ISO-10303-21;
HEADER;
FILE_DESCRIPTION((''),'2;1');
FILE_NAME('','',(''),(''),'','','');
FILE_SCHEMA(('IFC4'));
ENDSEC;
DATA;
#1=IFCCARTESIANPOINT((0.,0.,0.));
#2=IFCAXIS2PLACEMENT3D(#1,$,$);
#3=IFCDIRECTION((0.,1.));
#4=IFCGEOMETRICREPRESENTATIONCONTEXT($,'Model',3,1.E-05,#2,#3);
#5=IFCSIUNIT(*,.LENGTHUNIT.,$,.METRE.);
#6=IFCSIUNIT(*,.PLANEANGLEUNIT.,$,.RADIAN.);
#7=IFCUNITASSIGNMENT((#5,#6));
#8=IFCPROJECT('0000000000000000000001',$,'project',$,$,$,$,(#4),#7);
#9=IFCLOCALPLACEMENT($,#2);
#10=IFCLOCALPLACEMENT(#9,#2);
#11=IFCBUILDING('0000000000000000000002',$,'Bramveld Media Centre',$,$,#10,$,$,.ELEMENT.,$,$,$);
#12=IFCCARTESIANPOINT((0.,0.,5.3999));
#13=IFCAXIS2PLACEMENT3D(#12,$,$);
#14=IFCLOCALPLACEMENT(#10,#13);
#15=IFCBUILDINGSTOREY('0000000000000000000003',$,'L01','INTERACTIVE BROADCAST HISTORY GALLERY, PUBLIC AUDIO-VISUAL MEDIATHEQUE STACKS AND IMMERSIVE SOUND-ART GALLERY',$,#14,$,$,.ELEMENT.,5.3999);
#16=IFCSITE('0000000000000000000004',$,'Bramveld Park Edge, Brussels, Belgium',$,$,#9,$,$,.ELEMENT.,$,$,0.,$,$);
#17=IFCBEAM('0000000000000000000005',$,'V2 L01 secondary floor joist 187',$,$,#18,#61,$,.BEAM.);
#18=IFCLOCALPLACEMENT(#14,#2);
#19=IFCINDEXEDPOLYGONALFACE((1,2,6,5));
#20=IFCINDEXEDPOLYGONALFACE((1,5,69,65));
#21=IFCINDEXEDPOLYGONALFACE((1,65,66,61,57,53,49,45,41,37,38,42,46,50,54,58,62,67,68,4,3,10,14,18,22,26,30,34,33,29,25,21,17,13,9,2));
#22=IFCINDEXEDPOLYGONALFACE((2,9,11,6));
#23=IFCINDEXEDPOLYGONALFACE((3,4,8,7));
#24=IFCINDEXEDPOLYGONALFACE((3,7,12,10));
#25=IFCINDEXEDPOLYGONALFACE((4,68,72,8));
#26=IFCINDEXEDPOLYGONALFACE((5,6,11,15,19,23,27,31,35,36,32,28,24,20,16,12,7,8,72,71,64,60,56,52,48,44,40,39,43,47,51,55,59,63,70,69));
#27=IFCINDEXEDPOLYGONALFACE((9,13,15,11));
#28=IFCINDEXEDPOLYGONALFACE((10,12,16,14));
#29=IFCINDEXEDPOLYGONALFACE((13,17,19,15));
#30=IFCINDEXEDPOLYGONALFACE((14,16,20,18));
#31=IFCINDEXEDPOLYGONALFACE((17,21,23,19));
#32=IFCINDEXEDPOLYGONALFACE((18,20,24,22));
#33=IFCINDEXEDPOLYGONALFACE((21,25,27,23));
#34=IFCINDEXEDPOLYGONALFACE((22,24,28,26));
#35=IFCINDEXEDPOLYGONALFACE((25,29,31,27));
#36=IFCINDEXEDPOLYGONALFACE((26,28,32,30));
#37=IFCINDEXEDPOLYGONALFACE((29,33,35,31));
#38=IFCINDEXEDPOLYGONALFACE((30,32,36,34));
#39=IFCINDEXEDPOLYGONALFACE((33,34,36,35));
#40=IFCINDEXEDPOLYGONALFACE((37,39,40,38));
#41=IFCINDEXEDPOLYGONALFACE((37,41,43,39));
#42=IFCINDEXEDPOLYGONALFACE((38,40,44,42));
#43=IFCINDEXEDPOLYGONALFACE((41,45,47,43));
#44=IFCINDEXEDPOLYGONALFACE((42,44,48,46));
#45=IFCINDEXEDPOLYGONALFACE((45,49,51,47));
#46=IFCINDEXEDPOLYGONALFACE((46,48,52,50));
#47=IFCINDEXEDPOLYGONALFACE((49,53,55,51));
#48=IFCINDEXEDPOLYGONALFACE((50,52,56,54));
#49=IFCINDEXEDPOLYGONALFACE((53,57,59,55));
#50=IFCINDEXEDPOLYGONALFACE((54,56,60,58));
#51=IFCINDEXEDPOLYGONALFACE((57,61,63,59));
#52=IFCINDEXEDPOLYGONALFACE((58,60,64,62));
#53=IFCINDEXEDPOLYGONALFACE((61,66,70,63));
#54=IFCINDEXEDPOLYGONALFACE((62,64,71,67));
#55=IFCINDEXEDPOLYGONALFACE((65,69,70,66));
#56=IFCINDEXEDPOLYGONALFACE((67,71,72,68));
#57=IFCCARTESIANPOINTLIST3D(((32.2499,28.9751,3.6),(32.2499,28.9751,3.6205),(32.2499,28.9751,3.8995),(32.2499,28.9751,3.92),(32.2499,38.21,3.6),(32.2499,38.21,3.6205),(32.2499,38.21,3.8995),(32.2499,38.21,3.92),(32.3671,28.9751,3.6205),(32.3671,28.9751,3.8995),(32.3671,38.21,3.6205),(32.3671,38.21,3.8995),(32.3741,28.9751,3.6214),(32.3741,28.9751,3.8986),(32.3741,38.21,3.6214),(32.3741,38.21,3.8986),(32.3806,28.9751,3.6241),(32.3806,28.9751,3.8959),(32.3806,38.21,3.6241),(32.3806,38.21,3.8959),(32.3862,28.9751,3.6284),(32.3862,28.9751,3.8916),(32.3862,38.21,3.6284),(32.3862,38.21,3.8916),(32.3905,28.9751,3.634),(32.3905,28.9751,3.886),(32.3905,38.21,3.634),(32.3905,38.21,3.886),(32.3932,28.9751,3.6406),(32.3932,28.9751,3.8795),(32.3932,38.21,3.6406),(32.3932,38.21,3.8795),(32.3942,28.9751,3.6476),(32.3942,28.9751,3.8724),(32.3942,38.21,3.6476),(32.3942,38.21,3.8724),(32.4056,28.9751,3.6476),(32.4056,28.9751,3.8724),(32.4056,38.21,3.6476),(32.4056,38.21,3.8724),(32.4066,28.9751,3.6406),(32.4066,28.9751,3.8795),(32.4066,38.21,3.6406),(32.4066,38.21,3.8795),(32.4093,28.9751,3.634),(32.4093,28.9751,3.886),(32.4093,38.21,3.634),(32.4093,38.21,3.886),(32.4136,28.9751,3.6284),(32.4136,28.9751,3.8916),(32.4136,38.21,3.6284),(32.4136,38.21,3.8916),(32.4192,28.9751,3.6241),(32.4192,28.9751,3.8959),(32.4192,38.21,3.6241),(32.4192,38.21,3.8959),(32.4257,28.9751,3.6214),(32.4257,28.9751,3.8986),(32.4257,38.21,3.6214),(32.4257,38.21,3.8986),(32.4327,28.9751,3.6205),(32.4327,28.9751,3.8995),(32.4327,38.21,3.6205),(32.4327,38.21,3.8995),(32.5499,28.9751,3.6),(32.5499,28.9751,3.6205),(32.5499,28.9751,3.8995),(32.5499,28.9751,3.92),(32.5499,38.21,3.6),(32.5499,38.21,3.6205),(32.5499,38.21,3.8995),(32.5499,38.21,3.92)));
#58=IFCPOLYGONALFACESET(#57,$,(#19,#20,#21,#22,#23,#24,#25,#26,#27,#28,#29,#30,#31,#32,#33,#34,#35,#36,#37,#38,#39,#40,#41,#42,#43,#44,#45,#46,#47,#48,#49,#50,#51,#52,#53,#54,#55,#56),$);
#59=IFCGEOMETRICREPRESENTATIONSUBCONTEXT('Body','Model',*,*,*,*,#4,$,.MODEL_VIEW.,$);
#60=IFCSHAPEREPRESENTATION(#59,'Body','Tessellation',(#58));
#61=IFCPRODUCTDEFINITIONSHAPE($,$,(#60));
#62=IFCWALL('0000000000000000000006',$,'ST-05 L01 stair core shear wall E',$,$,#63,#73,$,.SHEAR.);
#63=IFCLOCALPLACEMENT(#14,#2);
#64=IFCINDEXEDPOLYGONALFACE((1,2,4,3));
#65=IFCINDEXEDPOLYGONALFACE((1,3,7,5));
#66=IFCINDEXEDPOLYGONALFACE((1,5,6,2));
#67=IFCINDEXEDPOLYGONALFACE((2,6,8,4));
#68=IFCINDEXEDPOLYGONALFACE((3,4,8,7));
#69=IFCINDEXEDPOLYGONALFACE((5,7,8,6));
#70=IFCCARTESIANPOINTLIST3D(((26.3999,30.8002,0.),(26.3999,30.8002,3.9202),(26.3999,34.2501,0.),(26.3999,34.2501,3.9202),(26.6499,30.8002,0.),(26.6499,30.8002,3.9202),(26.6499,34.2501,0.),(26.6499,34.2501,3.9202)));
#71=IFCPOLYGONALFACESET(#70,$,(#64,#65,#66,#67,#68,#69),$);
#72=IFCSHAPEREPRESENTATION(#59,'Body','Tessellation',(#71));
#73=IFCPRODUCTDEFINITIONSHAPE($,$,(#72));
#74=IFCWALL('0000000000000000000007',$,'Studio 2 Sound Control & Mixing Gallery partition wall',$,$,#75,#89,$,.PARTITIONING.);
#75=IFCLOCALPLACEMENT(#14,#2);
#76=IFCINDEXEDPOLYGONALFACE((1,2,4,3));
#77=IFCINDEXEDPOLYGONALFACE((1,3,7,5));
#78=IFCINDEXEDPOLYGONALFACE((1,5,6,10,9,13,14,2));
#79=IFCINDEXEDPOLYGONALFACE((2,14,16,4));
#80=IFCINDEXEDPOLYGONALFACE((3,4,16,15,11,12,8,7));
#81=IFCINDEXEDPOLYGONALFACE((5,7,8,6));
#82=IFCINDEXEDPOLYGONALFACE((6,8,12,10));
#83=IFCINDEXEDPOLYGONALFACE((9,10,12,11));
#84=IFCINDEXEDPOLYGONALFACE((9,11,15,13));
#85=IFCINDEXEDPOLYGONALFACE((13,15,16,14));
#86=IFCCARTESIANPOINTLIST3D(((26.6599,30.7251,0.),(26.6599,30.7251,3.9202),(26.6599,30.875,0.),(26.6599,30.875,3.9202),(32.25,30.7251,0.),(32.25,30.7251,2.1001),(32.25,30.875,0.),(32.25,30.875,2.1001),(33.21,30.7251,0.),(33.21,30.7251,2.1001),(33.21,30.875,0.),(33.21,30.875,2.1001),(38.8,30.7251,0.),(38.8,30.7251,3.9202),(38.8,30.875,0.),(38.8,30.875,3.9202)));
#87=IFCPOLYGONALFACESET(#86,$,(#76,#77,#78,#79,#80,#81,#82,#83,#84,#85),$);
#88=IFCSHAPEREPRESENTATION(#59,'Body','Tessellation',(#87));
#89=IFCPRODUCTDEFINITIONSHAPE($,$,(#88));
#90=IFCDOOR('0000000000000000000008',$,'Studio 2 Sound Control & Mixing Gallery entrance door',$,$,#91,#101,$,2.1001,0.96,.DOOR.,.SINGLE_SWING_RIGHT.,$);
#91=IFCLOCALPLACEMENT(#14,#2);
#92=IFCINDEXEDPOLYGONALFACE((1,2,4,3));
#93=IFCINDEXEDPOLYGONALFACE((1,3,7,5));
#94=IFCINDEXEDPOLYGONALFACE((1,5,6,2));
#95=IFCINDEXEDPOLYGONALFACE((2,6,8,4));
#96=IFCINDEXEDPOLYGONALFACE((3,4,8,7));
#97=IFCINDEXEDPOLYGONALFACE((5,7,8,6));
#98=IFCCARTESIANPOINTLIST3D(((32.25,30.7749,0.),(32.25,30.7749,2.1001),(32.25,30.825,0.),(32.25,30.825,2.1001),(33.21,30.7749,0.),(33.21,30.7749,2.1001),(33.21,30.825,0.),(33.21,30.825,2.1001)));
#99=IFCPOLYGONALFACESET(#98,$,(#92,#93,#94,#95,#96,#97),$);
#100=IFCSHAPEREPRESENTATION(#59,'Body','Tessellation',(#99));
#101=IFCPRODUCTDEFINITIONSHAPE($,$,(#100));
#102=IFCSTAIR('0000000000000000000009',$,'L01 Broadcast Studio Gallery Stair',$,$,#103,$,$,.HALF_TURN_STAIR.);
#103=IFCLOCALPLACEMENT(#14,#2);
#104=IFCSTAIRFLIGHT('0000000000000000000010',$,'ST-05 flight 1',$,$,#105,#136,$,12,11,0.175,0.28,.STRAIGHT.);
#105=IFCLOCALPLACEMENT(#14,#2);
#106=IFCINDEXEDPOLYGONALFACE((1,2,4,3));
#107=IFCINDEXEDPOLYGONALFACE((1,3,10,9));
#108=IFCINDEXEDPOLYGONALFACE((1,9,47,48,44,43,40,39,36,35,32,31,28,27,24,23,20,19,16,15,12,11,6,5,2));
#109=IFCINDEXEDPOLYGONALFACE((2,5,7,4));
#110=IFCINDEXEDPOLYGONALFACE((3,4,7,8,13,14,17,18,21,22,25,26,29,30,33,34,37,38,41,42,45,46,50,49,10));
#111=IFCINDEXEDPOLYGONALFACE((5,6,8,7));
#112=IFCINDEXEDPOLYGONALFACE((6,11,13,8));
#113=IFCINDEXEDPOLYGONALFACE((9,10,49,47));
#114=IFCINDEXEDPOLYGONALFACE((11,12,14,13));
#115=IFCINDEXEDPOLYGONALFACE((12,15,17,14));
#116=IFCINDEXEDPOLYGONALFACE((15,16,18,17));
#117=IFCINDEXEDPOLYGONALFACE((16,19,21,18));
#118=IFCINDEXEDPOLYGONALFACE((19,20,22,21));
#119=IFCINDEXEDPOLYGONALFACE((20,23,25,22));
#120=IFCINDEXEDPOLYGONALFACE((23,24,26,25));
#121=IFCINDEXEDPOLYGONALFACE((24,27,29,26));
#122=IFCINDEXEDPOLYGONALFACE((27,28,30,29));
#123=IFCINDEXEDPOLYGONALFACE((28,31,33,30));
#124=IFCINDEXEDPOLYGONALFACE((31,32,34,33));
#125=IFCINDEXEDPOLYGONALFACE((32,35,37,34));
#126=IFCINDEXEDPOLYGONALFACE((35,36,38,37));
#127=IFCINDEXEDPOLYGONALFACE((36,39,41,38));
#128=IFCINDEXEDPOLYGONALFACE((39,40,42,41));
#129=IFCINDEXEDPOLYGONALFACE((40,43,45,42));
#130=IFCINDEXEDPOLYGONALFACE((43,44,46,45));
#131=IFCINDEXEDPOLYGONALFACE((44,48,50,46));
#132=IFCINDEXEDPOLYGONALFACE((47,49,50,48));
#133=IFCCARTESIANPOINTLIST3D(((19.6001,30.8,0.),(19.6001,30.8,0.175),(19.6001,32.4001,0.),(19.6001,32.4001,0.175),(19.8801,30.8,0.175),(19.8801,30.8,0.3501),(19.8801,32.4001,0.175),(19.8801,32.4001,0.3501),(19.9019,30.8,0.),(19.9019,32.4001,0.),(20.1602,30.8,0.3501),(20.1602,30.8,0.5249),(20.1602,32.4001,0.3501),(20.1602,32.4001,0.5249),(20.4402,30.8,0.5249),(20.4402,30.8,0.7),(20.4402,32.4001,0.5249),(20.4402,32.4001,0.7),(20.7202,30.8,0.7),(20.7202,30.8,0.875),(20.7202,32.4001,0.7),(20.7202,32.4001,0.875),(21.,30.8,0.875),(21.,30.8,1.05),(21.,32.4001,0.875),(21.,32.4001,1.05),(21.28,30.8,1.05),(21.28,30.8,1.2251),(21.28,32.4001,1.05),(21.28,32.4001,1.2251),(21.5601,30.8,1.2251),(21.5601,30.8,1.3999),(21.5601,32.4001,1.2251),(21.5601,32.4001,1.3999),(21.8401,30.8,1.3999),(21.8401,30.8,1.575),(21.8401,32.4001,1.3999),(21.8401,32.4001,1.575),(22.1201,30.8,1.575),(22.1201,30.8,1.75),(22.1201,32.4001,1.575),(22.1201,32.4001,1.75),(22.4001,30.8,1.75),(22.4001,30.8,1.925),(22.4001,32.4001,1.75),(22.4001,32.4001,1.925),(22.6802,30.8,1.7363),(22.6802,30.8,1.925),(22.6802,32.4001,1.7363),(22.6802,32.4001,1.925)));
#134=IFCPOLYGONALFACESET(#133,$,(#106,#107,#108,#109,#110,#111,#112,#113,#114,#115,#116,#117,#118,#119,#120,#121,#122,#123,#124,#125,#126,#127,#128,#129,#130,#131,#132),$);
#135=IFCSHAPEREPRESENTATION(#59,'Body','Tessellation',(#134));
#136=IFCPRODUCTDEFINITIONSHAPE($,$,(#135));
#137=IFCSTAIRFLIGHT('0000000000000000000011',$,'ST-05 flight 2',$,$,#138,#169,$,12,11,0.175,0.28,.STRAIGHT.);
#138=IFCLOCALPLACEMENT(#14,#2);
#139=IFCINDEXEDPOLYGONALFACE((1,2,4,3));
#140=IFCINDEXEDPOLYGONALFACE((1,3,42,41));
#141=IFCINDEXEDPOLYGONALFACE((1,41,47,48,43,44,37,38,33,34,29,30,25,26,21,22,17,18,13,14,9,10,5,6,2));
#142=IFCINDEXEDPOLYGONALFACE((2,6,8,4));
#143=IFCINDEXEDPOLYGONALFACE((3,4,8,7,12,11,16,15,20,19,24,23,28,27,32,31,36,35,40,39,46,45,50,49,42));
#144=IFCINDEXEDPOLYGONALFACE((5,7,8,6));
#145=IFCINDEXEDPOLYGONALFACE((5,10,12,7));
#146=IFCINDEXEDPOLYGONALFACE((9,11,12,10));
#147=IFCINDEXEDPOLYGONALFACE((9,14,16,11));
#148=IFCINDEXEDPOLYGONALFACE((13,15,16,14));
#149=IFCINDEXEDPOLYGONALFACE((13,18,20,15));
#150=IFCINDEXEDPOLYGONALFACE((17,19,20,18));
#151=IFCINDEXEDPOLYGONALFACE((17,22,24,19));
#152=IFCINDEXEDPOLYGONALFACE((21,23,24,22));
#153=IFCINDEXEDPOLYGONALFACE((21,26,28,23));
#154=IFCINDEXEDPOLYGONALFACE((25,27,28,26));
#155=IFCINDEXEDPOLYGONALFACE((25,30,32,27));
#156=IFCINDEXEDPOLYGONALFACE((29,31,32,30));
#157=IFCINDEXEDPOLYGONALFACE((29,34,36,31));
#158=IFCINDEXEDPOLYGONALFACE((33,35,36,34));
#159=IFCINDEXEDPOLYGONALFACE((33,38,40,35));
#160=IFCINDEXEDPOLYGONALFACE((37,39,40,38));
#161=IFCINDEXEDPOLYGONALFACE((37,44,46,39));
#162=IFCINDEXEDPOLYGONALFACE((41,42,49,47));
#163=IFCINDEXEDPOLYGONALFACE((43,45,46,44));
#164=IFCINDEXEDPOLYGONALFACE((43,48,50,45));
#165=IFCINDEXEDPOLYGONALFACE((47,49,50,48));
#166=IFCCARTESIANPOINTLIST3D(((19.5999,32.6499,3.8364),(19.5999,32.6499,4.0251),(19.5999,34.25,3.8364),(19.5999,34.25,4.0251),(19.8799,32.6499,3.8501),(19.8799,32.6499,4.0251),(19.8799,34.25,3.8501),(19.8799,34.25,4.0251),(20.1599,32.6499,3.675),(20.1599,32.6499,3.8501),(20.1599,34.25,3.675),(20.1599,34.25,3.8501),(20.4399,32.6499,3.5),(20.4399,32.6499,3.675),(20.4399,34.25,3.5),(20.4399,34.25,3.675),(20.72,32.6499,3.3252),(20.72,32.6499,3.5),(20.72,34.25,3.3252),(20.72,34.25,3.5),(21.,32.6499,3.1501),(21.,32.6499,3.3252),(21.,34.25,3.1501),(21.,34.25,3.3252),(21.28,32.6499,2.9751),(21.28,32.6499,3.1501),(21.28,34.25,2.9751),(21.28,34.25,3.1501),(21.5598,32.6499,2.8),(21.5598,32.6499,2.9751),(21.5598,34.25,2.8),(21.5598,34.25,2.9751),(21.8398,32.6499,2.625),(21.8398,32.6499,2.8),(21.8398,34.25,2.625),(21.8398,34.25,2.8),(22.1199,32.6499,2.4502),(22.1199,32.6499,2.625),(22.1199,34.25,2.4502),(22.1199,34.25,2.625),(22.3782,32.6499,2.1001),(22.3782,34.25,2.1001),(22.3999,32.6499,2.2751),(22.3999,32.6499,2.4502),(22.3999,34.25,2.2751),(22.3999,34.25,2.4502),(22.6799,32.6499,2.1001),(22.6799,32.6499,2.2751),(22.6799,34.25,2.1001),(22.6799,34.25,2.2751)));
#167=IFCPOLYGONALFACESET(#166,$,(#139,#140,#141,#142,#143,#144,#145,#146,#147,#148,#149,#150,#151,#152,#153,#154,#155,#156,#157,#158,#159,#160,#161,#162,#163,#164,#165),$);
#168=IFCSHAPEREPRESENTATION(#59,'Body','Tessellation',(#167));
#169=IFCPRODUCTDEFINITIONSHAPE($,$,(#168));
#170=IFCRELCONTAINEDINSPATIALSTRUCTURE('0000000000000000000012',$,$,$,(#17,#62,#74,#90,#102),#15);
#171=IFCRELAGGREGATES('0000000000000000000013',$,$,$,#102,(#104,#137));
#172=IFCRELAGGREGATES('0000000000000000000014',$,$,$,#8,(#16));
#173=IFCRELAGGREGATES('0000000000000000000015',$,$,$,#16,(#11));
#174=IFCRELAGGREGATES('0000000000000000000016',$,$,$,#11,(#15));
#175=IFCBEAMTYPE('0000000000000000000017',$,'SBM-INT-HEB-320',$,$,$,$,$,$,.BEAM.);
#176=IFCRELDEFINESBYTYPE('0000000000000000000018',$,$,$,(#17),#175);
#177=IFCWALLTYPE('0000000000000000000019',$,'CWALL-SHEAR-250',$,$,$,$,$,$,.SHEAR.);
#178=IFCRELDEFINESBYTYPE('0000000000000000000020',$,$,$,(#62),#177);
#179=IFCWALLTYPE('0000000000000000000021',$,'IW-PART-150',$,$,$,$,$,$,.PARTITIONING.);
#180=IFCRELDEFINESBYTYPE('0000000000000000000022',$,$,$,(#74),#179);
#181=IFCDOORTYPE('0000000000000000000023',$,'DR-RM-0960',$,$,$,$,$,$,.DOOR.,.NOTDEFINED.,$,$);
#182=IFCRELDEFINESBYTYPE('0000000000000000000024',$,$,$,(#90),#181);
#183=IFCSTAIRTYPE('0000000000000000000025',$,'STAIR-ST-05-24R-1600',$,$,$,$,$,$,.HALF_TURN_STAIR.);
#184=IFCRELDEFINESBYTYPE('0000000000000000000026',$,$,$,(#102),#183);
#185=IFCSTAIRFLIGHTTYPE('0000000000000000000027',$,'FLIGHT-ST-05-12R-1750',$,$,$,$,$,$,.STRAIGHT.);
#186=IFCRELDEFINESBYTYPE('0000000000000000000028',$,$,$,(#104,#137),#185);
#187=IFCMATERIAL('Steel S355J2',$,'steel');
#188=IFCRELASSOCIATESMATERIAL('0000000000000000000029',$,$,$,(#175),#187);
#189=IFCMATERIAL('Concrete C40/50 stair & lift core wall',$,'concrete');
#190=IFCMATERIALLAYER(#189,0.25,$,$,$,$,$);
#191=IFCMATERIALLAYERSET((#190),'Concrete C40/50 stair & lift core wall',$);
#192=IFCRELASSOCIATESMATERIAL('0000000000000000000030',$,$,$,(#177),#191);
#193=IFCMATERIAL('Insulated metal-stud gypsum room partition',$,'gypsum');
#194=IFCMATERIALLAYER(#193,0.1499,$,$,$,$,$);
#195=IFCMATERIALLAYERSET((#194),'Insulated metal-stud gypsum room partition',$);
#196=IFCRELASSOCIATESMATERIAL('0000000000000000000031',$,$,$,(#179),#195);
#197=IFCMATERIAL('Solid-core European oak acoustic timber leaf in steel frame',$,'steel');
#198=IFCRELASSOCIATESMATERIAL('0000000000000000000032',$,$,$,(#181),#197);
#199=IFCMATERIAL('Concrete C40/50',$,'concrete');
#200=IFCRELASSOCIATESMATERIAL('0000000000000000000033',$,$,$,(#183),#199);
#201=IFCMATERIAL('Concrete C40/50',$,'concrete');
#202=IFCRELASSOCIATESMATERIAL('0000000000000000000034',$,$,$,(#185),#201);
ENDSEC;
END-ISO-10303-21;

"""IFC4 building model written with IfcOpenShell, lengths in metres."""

from ifc_helpers import new_model, si_unit, direction, frame, frame_2d, origin, origin_2d, place, context, subcontext, project, spatial, polyline, rectangle, i_section, outline, extrude, material, layer, layer_set, material_profile, profile_set, type_object, element, fill, aggregate, save


model = new_model("IFC4")

# Units and contexts
model_context = context("Model", 3, precision=1e-05, world=origin(), true_north=direction((0.0, 1.0)))
body_context = subcontext(model_context, "Body", "Model", "MODEL_VIEW")
ifc_project = project(units=[si_unit("LENGTHUNIT", "METRE"), si_unit("PLANEANGLEUNIT", "RADIAN")], contexts=[model_context])

# Site, building, storey
site_placement = place(None, origin())
site = spatial("IfcSite", under=ifc_project, at=site_placement, Name="Bramveld Park Edge, Brussels, Belgium", CompositionType="ELEMENT", RefElevation=0.0)
building_placement = place(site_placement, origin())
building = spatial("IfcBuilding", under=site, at=building_placement, Name="Bramveld Media Centre", CompositionType="ELEMENT")
storey_placement = place(building_placement, frame((0.0, 0.0, 5.3999)))
storey = spatial("IfcBuildingStorey", under=building, at=storey_placement, Name="L01", Description="INTERACTIVE BROADCAST HISTORY GALLERY, PUBLIC AUDIO-VISUAL MEDIATHEQUE STACKS AND IMMERSIVE SOUND-ART GALLERY", CompositionType="ELEMENT", Elevation=5.3999)

# Beam
ifc_material_1 = material(Name="Steel S355J2", Category="steel")
ifc_material_profile_1 = material_profile(ifc_material_1, i_section(OverallWidth=0.3, OverallDepth=0.3201, WebThickness=0.0115, FlangeThickness=0.0205, FilletRadius=0.0271, at=origin_2d()), Name="HEB 320")
ifc_profile_set_1 = profile_set([ifc_material_profile_1], Name="Steel S355J2")
beam_type_1 = type_object("IfcBeamType", Name="SBM-INT-HEB-320", PredefinedType="BEAM", material=ifc_profile_set_1)
beam_1_placement = place(storey_placement, frame((32.3999, 28.9751, 3.76), z_axis=(0.0, 1.0, 0.0), x_axis=(-1.0, 0.0, 0.0)))
element("IfcBeam", 1, at=beam_1_placement, inside=storey, type_object=beam_type_1, Name="V2 L01 secondary floor joist 187", PredefinedType="BEAM", context=body_context, shape_type="SweptSolid", body=[
    extrude(i_section(OverallWidth=0.3, OverallDepth=0.3201, WebThickness=0.0115, FlangeThickness=0.0205, FilletRadius=0.0271, at=origin_2d()), origin(), (0.0, 0.0, 1.0), 9.2349),
])

# Wall
ifc_material_2 = material(Name="Concrete C40/50 stair & lift core wall", Category="concrete")
ifc_layer_1 = layer(ifc_material_2, 0.25)
ifc_layer_set_1 = layer_set([ifc_layer_1], Name="Concrete C40/50 stair & lift core wall")
wall_type_1 = type_object("IfcWallType", Name="CWALL-SHEAR-250", PredefinedType="SHEAR", material=ifc_layer_set_1)
wall_1_placement = place(storey_placement, frame((26.5249, 30.8, 0.0), z_axis=(0.0, 0.0, 1.0), x_axis=(0.0, 1.0, 0.0)))
element("IfcWall", 2, at=wall_1_placement, inside=storey, type_object=wall_type_1, Name="ST-05 L01 stair core shear wall E", PredefinedType="SHEAR", context=body_context, shape_type="SweptSolid", body=[
    extrude(rectangle(XDim=3.45, YDim=0.25, at=frame_2d((1.7251, 0.0))), origin(), (0.0, 0.0, 1.0), 3.9202),
])

# Wall, opening, door
ifc_material_3 = material(Name="Insulated metal-stud gypsum room partition", Category="gypsum")
ifc_layer_2 = layer(ifc_material_3, 0.1499)
ifc_layer_set_2 = layer_set([ifc_layer_2], Name="Insulated metal-stud gypsum room partition")
wall_type_2 = type_object("IfcWallType", Name="IW-PART-150", PredefinedType="PARTITIONING", material=ifc_layer_set_2)
wall_2_placement = place(storey_placement, frame((26.6599, 30.8, 0.0), z_axis=(0.0, 0.0, 1.0), x_axis=(1.0, 0.0, 0.0)))
wall_2 = element("IfcWall", 3, at=wall_2_placement, inside=storey, type_object=wall_type_2, Name="Studio 2 Sound Control & Mixing Gallery partition wall", PredefinedType="PARTITIONING", context=body_context, shape_type="SweptSolid", body=[
    extrude(rectangle(XDim=12.1401, YDim=0.1499, at=frame_2d((6.0701, 0.0))), origin(), (0.0, 0.0, 1.0), 3.9202),
])
opening_placement = place(wall_2_placement, frame((5.5901, 0.0, 0.0)))
opening = element("IfcOpeningElement", 4, at=opening_placement, cuts=wall_2, PredefinedType="OPENING", context=body_context, shape_type="SweptSolid", body=[
    extrude(rectangle(XDim=0.96, YDim=2.1001, at=frame_2d((0.48, 1.05))), frame((0.0, 0.0869, 0.0), z_axis=(0.0, -1.0, 0.0), x_axis=(1.0, 0.0, 0.0)), (0.0, 0.0, 1.0), 0.1738),
])
ifc_material_4 = material(Name="Solid-core European oak acoustic timber leaf in steel frame", Category="steel")
door_type = type_object("IfcDoorType", Name="DR-RM-0960", OperationType="NOTDEFINED", PredefinedType="DOOR", material=ifc_material_4)
door_placement = place(opening_placement, origin())
door = element("IfcDoor", 5, at=door_placement, inside=storey, type_object=door_type, Name="Studio 2 Sound Control & Mixing Gallery entrance door", OperationType="SINGLE_SWING_RIGHT", OverallHeight=2.1001, OverallWidth=0.96, PredefinedType="DOOR", context=body_context, shape_type="SweptSolid", body=[
    extrude(rectangle(XDim=0.96, YDim=2.1001, at=frame_2d((0.48, 1.05))), frame((0.0, 0.0249, 0.0), z_axis=(0.0, -1.0, 0.0), x_axis=(1.0, 0.0, 0.0)), (0.0, 0.0, 1.0), 0.05),
])
fill(opening, door)

# Stair, stair flights
ifc_material_5 = material(Name="Concrete C40/50", Category="concrete")
stair_type = type_object("IfcStairType", Name="STAIR-ST-05-24R-1600", PredefinedType="HALF_TURN_STAIR", material=ifc_material_5)
stair_placement = place(storey_placement, origin())
stair = element("IfcStair", 6, at=stair_placement, inside=storey, type_object=stair_type, Name="L01 Broadcast Studio Gallery Stair", PredefinedType="HALF_TURN_STAIR")
ifc_material_6 = material(Name="Concrete C40/50", Category="concrete")
stair_flight_type = type_object("IfcStairFlightType", Name="FLIGHT-ST-05-12R-1750", PredefinedType="STRAIGHT", material=ifc_material_6)
stair_flight_1_placement = place(storey_placement, frame((19.6001, 31.6001, 0.0), z_axis=(0.0, 0.0, 1.0), x_axis=(1.0, 0.0, 0.0)))
stair_flight_1 = element("IfcStairFlight", 7, at=stair_flight_1_placement, type_object=stair_flight_type, Name="ST-05 flight 1", NumberOfRisers=12, NumberOfTreads=11, PredefinedType="STRAIGHT", RiserHeight=0.175, TreadLength=0.28, context=body_context, shape_type="SweptSolid", body=[
    extrude(outline(polyline([(0.0, 0.0), (0.0, 0.175), (0.28, 0.175), (0.28, 0.3501), (0.5601, 0.3501), (0.5601, 0.5249), (0.8401, 0.5249), (0.8401, 0.7), (1.1201, 0.7), (1.1201, 0.875), (1.3999, 0.875), (1.3999, 1.05), (1.6799, 1.05), (1.6799, 1.2251), (1.96, 1.2251), (1.96, 1.3999), (2.24, 1.3999), (2.24, 1.575), (2.52, 1.575), (2.52, 1.75), (2.8, 1.75), (2.8, 1.925), (3.0801, 1.925), (3.0801, 2.1001), (3.0801, 1.7363), (0.3018, 0.0), (0.0, 0.0)])), frame((0.0, 0.8, 0.0), z_axis=(0.0, -1.0, 0.0), x_axis=(1.0, 0.0, 0.0)), (0.0, 0.0, 1.0), 1.6001),
])
stair_flight_2_placement = place(storey_placement, frame((22.6799, 33.45, 2.1001), z_axis=(0.0, 0.0, 1.0), x_axis=(-1.0, 0.0, 0.0)))
stair_flight_2 = element("IfcStairFlight", 8, at=stair_flight_2_placement, type_object=stair_flight_type, Name="ST-05 flight 2", NumberOfRisers=12, NumberOfTreads=11, PredefinedType="STRAIGHT", RiserHeight=0.175, TreadLength=0.28, context=body_context, shape_type="SweptSolid", body=[
    extrude(outline(polyline([(0.0, 0.0), (0.0, 0.175), (0.28, 0.175), (0.28, 0.3501), (0.5601, 0.3501), (0.5601, 0.5249), (0.8401, 0.5249), (0.8401, 0.7), (1.1201, 0.7), (1.1201, 0.875), (1.3999, 0.875), (1.3999, 1.05), (1.6799, 1.05), (1.6799, 1.2251), (1.96, 1.2251), (1.96, 1.3999), (2.24, 1.3999), (2.24, 1.575), (2.52, 1.575), (2.52, 1.75), (2.8, 1.75), (2.8, 1.925), (3.0801, 1.925), (3.0801, 2.1001), (3.0801, 1.7363), (0.3018, 0.0), (0.0, 0.0)])), frame((0.0, 0.8, 0.0), z_axis=(0.0, -1.0, 0.0), x_axis=(1.0, 0.0, 0.0)), (0.0, 0.0, 1.0), 1.6001),
])
aggregate(stair, [stair_flight_1, stair_flight_2])

save(model, "model.ifc")
